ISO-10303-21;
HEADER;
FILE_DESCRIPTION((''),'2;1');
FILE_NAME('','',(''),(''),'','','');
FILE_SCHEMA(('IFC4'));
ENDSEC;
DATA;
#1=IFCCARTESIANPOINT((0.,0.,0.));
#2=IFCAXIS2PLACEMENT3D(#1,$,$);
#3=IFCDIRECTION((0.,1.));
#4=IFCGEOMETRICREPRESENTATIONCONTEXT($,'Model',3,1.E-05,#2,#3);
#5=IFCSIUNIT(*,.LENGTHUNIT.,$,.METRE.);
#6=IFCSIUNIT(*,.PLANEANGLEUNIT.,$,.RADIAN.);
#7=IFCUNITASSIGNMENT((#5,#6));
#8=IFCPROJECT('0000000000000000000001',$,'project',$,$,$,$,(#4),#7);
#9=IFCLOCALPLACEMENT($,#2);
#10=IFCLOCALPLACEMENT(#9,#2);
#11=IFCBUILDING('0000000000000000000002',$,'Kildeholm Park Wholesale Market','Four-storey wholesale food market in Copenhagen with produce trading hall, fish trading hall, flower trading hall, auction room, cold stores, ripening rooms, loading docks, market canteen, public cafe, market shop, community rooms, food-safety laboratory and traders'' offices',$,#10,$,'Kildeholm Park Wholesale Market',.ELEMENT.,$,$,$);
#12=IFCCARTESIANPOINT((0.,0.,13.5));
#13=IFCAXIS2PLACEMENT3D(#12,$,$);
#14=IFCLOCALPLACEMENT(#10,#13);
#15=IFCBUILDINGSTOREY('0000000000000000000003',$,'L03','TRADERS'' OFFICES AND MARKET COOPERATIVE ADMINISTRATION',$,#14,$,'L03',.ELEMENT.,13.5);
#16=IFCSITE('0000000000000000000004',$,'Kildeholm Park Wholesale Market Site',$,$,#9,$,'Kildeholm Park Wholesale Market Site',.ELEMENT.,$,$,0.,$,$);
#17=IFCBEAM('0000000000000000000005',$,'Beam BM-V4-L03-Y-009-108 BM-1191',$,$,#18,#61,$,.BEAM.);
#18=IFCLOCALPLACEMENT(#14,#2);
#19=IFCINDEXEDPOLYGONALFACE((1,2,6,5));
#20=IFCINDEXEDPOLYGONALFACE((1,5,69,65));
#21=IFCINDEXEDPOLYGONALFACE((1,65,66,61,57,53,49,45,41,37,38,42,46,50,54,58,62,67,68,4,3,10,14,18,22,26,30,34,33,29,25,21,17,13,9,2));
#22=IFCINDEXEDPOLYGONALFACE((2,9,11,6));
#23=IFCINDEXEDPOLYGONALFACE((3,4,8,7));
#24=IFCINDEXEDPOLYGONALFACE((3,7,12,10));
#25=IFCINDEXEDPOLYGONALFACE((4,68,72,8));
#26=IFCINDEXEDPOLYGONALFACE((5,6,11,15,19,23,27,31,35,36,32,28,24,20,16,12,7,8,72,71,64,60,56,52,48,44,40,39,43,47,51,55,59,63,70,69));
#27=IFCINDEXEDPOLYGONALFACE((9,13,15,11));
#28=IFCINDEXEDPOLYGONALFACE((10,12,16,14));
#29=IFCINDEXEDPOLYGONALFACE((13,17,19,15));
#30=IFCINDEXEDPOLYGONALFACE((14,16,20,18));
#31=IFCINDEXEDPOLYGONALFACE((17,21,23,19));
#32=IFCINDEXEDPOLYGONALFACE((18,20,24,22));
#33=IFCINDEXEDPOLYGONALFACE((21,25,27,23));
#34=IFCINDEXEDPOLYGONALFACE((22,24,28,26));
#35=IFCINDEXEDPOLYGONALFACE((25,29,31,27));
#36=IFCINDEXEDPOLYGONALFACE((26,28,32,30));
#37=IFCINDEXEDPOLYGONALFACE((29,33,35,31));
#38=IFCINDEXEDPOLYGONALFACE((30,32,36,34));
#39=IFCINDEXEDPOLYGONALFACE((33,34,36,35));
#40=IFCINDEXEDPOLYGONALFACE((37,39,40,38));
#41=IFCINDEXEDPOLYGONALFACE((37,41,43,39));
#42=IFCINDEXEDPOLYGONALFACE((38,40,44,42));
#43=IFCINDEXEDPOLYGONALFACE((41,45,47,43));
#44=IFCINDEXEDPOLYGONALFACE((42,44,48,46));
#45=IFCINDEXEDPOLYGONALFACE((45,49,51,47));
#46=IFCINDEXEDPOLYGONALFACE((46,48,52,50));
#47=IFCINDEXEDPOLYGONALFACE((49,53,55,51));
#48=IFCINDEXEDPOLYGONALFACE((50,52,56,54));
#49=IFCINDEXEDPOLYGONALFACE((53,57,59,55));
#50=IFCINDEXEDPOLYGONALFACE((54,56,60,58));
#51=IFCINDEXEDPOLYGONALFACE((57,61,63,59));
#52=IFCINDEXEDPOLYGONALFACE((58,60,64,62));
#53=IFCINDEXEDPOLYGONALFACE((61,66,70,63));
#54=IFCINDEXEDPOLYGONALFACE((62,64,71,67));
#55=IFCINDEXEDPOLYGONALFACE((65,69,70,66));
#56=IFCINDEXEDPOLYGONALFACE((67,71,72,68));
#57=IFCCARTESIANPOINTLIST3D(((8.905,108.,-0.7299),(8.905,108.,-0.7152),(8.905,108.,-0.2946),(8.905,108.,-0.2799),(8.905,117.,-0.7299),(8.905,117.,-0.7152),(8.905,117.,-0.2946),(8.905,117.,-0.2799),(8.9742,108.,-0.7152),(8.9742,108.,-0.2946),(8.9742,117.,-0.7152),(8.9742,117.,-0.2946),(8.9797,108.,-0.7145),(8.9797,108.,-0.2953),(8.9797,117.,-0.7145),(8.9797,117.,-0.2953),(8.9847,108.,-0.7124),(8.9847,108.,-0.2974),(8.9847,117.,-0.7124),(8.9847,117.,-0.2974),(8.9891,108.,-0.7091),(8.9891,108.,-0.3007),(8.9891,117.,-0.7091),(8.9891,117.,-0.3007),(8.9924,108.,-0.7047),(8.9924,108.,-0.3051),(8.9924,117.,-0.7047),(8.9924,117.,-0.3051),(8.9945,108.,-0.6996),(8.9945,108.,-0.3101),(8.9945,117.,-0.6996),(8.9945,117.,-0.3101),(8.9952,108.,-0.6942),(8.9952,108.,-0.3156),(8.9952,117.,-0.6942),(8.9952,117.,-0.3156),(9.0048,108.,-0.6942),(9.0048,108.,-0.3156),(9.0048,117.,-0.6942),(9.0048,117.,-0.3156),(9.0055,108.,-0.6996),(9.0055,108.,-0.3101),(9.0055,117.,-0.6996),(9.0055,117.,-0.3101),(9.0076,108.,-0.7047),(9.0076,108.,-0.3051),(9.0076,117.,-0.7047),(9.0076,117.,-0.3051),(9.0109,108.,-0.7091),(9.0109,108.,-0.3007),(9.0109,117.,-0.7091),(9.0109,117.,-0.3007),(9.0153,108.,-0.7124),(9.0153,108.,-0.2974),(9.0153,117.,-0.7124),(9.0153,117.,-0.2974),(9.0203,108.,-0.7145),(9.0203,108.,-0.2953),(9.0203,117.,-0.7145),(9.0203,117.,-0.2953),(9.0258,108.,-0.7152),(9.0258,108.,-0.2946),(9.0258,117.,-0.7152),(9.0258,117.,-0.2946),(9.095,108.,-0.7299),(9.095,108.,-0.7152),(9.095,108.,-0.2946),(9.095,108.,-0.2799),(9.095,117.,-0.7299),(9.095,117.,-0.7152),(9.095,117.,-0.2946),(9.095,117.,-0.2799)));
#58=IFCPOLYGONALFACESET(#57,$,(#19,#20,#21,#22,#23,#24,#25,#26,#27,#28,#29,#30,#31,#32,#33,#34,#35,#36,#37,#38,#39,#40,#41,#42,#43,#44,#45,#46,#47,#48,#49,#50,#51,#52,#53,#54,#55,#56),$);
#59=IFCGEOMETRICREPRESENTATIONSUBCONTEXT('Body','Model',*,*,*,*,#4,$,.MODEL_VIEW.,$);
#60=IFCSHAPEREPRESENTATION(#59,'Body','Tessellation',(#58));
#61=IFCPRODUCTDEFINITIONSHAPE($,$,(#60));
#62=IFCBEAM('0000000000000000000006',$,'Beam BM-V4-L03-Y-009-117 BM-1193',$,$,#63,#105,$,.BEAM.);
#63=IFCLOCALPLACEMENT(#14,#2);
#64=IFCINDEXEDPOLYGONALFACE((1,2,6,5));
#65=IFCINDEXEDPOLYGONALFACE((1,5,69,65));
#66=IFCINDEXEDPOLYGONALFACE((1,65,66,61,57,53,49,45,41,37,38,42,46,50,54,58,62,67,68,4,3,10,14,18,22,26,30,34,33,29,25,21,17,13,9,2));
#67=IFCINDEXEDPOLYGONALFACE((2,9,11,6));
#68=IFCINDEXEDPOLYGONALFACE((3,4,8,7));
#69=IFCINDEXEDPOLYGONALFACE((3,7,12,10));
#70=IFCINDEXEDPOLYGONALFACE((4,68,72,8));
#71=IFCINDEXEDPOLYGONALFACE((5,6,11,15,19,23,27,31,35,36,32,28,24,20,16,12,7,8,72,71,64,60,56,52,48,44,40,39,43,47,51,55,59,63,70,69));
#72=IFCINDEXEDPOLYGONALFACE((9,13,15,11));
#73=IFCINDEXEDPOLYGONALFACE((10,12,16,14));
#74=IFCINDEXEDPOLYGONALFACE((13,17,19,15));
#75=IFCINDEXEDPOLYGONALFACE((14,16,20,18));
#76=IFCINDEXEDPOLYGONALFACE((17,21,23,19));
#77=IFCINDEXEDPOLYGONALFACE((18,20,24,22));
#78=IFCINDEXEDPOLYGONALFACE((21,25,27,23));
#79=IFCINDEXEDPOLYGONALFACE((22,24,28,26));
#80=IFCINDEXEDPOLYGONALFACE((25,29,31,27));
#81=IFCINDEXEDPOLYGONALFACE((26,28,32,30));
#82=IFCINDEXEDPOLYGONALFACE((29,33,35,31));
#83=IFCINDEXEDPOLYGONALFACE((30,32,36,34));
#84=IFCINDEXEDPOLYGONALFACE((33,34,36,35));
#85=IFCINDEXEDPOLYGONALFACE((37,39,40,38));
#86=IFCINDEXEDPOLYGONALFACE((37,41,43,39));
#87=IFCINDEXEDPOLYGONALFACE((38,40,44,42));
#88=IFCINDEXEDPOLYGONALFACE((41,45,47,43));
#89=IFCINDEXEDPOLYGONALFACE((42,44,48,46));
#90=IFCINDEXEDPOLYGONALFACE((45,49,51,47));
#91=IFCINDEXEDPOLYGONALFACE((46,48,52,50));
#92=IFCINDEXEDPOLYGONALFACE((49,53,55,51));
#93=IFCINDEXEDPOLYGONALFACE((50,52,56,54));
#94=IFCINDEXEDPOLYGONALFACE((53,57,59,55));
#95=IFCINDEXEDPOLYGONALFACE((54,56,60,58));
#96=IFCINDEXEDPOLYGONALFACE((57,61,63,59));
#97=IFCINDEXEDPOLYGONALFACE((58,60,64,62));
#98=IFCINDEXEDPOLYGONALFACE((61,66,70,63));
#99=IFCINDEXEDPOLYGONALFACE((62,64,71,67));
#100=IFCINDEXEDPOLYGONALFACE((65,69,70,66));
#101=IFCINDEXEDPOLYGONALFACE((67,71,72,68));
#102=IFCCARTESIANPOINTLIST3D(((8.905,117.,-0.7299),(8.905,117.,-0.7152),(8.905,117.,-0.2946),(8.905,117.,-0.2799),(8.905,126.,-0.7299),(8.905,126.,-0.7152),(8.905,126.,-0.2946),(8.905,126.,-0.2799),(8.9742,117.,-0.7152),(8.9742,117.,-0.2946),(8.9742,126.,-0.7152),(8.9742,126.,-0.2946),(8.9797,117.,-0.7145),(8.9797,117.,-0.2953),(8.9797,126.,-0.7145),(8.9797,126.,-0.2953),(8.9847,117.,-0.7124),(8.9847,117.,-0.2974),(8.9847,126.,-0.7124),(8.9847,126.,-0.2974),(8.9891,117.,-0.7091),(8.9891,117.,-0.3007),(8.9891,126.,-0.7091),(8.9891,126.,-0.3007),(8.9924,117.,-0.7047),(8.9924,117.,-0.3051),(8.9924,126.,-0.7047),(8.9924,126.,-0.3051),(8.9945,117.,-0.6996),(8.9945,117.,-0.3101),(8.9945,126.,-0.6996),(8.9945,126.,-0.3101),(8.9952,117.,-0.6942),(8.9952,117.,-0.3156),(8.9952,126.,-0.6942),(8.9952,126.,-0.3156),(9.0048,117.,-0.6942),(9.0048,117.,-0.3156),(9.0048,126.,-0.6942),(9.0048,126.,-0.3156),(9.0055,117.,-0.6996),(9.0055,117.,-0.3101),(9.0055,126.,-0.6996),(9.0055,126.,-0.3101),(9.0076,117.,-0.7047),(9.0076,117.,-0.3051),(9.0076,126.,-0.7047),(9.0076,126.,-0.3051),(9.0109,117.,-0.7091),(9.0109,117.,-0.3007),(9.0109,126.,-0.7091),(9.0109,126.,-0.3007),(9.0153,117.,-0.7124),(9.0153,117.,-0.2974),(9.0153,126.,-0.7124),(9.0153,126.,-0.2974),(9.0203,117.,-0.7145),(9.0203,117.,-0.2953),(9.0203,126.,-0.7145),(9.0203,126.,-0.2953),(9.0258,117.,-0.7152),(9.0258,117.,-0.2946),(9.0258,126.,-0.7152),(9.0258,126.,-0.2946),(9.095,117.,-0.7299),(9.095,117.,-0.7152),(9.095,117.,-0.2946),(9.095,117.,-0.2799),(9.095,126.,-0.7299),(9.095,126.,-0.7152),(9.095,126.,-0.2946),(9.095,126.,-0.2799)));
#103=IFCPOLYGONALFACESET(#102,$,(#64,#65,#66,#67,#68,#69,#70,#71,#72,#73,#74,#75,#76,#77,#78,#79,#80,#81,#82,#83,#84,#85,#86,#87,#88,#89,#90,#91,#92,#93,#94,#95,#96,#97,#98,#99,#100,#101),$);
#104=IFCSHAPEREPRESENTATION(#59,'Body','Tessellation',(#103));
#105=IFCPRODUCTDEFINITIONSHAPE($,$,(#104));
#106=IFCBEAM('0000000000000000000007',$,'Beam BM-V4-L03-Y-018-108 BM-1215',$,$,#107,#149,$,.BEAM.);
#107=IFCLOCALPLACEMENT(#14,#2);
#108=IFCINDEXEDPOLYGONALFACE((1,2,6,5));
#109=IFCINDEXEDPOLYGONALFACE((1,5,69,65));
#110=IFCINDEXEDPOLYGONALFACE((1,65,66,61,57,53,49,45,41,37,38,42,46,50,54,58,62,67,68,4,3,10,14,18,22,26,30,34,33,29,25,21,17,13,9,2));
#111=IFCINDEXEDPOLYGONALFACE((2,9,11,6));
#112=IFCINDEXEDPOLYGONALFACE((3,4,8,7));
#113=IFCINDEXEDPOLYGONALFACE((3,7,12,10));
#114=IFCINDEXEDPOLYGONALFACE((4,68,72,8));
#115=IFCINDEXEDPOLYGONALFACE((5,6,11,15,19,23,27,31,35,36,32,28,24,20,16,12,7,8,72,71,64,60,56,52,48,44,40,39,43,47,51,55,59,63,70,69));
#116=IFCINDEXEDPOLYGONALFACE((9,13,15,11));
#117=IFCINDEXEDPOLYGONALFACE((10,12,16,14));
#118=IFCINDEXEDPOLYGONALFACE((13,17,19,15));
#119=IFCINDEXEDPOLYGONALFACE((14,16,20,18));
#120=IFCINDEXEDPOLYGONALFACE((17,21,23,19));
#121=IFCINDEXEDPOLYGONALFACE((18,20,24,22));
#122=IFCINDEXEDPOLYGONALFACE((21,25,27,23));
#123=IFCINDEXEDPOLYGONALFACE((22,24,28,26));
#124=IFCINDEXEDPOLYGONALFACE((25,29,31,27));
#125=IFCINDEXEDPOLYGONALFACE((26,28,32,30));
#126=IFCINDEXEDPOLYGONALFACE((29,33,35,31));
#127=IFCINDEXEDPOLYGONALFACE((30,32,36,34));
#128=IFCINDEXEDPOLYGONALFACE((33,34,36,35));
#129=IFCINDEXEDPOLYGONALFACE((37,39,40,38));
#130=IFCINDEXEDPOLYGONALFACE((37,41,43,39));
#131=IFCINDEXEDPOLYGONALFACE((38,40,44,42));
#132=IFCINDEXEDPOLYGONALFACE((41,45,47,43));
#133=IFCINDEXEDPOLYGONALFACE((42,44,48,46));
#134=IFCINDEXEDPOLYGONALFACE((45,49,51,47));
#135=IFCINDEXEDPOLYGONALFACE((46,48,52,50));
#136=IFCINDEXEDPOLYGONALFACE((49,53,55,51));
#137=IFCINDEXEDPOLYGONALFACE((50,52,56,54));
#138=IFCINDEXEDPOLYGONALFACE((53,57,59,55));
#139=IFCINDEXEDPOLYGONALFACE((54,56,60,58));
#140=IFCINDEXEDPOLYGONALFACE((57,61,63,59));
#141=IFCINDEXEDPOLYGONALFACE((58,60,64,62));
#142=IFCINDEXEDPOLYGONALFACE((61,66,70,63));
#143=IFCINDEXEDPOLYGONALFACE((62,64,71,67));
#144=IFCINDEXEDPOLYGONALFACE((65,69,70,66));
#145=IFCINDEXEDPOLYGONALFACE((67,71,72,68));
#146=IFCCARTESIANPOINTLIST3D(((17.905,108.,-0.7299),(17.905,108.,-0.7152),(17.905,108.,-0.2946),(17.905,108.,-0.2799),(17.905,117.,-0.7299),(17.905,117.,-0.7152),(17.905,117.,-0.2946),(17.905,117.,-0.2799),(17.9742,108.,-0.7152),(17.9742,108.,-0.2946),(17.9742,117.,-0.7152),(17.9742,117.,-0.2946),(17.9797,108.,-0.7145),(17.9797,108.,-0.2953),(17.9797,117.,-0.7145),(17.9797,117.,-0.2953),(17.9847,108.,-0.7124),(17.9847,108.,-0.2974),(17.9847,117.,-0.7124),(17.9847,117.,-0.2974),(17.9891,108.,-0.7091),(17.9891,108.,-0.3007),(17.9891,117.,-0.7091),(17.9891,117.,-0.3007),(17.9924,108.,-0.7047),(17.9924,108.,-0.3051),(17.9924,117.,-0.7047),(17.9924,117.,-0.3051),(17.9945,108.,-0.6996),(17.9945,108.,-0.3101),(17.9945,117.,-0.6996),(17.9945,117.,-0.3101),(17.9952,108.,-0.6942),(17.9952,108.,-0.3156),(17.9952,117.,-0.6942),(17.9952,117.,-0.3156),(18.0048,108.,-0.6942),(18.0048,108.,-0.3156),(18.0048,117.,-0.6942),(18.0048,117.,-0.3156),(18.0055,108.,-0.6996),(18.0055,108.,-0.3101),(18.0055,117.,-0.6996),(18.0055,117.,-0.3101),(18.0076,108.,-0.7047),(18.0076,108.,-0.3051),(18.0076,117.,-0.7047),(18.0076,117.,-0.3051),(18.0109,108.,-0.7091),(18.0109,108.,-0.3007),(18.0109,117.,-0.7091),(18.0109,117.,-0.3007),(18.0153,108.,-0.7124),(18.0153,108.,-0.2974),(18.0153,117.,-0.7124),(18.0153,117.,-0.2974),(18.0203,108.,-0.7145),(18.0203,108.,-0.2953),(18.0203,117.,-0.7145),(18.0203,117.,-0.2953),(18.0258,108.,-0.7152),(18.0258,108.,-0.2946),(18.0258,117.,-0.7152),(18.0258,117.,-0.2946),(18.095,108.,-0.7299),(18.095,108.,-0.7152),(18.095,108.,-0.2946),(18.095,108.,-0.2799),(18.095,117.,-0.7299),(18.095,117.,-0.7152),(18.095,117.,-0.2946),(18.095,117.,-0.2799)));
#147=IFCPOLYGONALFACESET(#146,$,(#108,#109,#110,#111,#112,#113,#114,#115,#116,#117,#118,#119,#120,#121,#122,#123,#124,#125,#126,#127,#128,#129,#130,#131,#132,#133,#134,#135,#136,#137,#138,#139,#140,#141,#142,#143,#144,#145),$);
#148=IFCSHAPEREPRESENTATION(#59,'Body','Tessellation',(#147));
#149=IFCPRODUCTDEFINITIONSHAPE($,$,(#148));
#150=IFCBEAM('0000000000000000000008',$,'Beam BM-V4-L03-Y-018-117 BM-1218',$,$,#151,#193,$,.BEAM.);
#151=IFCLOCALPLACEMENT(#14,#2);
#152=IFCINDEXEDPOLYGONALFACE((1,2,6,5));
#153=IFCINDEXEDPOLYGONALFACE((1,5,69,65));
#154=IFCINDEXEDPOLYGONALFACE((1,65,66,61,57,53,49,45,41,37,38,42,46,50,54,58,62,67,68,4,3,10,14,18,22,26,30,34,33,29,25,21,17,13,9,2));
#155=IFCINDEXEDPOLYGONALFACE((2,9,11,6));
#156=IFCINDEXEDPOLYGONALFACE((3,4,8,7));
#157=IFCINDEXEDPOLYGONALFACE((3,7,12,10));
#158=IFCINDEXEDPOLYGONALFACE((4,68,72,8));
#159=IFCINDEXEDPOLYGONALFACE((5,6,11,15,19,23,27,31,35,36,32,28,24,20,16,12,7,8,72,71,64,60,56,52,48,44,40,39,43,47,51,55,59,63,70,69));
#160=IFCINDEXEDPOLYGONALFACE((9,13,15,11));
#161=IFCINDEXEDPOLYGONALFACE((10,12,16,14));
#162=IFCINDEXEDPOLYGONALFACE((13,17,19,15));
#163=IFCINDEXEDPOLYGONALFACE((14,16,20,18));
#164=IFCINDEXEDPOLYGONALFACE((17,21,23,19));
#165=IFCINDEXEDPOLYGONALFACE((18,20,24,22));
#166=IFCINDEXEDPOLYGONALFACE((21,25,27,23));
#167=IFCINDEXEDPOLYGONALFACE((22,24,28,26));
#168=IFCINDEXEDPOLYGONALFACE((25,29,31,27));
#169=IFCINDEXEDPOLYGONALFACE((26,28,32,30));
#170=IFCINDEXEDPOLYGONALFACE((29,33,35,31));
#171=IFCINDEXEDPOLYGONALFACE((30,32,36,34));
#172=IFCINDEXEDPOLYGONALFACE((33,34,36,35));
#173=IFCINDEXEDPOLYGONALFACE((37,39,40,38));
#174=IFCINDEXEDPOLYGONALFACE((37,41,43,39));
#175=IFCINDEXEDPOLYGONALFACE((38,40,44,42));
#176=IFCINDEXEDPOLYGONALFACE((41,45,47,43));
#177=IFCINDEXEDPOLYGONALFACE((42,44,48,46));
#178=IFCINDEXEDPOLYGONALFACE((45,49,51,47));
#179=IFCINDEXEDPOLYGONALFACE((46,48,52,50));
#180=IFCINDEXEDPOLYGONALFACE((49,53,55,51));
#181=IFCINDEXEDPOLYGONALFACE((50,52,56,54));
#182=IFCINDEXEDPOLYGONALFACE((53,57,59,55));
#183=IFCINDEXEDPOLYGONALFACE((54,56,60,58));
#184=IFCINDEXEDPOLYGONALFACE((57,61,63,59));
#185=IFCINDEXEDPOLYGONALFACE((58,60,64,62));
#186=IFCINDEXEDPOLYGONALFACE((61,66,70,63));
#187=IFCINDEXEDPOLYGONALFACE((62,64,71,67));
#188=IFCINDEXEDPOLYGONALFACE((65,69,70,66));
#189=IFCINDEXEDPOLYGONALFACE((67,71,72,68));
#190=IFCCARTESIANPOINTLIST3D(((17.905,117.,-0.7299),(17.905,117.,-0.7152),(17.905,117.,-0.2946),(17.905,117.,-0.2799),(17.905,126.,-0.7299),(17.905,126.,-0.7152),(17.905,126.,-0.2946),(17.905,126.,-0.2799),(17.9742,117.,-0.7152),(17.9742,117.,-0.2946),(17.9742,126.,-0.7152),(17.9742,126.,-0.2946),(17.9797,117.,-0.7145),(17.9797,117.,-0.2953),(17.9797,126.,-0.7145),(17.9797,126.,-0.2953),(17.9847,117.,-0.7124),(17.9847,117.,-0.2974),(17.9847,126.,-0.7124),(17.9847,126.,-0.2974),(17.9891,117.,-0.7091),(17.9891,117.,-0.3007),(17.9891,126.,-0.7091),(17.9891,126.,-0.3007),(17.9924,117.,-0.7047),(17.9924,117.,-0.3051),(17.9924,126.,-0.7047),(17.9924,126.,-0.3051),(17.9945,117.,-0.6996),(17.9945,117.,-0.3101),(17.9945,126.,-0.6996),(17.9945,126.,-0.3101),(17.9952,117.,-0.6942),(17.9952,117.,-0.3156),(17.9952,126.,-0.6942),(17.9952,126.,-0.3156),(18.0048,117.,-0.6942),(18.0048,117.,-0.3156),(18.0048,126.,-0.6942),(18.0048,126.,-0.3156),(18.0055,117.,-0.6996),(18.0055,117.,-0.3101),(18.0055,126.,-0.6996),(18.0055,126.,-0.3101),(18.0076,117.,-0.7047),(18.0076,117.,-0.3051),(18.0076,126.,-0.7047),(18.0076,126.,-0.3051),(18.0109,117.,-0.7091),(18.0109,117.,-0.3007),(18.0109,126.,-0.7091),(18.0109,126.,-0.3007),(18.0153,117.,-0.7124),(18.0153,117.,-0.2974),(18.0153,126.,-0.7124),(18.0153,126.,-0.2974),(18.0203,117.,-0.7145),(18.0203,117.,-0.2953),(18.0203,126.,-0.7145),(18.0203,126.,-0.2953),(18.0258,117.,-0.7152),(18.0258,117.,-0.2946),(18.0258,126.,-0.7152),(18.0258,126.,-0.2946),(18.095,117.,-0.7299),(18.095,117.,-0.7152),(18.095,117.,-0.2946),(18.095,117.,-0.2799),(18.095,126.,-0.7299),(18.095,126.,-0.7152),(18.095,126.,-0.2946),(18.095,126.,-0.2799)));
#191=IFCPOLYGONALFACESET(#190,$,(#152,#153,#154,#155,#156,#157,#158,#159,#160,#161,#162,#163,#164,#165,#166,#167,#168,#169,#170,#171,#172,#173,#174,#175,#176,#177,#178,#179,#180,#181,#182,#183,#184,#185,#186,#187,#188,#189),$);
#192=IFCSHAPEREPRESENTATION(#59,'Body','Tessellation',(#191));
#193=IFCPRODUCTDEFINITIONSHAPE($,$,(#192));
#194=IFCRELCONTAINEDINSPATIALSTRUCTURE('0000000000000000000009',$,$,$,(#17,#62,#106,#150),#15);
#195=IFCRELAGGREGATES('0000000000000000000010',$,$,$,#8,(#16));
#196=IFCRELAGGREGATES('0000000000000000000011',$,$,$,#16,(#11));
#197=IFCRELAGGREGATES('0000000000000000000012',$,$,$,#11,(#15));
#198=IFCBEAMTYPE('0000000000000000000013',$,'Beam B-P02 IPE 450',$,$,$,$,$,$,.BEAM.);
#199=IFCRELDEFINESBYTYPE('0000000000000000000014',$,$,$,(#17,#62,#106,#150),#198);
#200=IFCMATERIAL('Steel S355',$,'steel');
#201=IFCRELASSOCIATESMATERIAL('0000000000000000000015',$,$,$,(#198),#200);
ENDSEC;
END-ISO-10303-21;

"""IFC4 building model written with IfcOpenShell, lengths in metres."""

from ifc_helpers import new_model, si_unit, direction, frame, origin, origin_2d, place, context, subcontext, project, spatial, i_section, extrude, material, material_profile, profile_set, type_object, element, save


model = new_model("IFC4")

# Units and contexts
model_context = context("Model", 3, precision=1e-05, world=origin(), true_north=direction((0.0, 1.0)))
body_context = subcontext(model_context, "Body", "Model", "MODEL_VIEW")
ifc_project = project(units=[si_unit("LENGTHUNIT", "METRE"), si_unit("PLANEANGLEUNIT", "RADIAN")], contexts=[model_context])

# Site, building, storey
site_placement = place(None, origin())
site = spatial("IfcSite", under=ifc_project, at=site_placement, Name="Kildeholm Park Wholesale Market Site", LongName="Kildeholm Park Wholesale Market Site", CompositionType="ELEMENT", RefElevation=0.0)
building_placement = place(site_placement, origin())
building = spatial("IfcBuilding", under=site, at=building_placement, Name="Kildeholm Park Wholesale Market", Description="Four-storey wholesale food market in Copenhagen with produce trading hall, fish trading hall, flower trading hall, auction room, cold stores, ripening rooms, loading docks, market canteen, public cafe, market shop, community rooms, food-safety laboratory and traders' offices", LongName="Kildeholm Park Wholesale Market", CompositionType="ELEMENT")
storey_placement = place(building_placement, frame((0.0, 0.0, 13.5)))
storey = spatial("IfcBuildingStorey", under=building, at=storey_placement, Name="L03", Description="TRADERS' OFFICES AND MARKET COOPERATIVE ADMINISTRATION", LongName="L03", CompositionType="ELEMENT", Elevation=13.5)

# Beams
ifc_material_1 = material(Name="Steel S355", Category="steel")
ifc_material_profile_1 = material_profile(ifc_material_1, i_section(OverallWidth=0.1899, OverallDepth=0.45, WebThickness=0.0095, FlangeThickness=0.0146, FilletRadius=0.021, at=origin_2d()), Name="IPE 450")
ifc_profile_set_1 = profile_set([ifc_material_profile_1], Name="Steel S355")
beam_type_1 = type_object("IfcBeamType", Name="Beam B-P02 IPE 450", PredefinedType="BEAM", material=ifc_profile_set_1)
for number, where, z_axis, x_axis, name in (
    (1, (9.0, 108.0, -0.5049), (0.0, 1.0, 0.0), (-1.0, 0.0, 0.0), "Beam BM-V4-L03-Y-009-108 BM-1191"),
    (2, (9.0, 117.0, -0.5049), (0.0, 1.0, 0.0), (-1.0, 0.0, 0.0), "Beam BM-V4-L03-Y-009-117 BM-1193"),
    (3, (18.0, 108.0, -0.5049), (0.0, 1.0, 0.0), (-1.0, 0.0, 0.0), "Beam BM-V4-L03-Y-018-108 BM-1215"),
    (4, (18.0, 117.0, -0.5049), (0.0, 1.0, 0.0), (-1.0, 0.0, 0.0), "Beam BM-V4-L03-Y-018-117 BM-1218"),
):
    element("IfcBeam", number, at=place(storey_placement, frame(where, z_axis=z_axis, x_axis=x_axis)), inside=storey, type_object=beam_type_1, Name=name, PredefinedType="BEAM", context=body_context, shape_type="SweptSolid", body=[
        extrude(i_section(OverallWidth=0.1899, OverallDepth=0.45, WebThickness=0.0095, FlangeThickness=0.0146, FilletRadius=0.021, at=origin_2d()), origin(), (0.0, 0.0, 1.0), 9.0),
    ])

save(model, "model.ifc")
